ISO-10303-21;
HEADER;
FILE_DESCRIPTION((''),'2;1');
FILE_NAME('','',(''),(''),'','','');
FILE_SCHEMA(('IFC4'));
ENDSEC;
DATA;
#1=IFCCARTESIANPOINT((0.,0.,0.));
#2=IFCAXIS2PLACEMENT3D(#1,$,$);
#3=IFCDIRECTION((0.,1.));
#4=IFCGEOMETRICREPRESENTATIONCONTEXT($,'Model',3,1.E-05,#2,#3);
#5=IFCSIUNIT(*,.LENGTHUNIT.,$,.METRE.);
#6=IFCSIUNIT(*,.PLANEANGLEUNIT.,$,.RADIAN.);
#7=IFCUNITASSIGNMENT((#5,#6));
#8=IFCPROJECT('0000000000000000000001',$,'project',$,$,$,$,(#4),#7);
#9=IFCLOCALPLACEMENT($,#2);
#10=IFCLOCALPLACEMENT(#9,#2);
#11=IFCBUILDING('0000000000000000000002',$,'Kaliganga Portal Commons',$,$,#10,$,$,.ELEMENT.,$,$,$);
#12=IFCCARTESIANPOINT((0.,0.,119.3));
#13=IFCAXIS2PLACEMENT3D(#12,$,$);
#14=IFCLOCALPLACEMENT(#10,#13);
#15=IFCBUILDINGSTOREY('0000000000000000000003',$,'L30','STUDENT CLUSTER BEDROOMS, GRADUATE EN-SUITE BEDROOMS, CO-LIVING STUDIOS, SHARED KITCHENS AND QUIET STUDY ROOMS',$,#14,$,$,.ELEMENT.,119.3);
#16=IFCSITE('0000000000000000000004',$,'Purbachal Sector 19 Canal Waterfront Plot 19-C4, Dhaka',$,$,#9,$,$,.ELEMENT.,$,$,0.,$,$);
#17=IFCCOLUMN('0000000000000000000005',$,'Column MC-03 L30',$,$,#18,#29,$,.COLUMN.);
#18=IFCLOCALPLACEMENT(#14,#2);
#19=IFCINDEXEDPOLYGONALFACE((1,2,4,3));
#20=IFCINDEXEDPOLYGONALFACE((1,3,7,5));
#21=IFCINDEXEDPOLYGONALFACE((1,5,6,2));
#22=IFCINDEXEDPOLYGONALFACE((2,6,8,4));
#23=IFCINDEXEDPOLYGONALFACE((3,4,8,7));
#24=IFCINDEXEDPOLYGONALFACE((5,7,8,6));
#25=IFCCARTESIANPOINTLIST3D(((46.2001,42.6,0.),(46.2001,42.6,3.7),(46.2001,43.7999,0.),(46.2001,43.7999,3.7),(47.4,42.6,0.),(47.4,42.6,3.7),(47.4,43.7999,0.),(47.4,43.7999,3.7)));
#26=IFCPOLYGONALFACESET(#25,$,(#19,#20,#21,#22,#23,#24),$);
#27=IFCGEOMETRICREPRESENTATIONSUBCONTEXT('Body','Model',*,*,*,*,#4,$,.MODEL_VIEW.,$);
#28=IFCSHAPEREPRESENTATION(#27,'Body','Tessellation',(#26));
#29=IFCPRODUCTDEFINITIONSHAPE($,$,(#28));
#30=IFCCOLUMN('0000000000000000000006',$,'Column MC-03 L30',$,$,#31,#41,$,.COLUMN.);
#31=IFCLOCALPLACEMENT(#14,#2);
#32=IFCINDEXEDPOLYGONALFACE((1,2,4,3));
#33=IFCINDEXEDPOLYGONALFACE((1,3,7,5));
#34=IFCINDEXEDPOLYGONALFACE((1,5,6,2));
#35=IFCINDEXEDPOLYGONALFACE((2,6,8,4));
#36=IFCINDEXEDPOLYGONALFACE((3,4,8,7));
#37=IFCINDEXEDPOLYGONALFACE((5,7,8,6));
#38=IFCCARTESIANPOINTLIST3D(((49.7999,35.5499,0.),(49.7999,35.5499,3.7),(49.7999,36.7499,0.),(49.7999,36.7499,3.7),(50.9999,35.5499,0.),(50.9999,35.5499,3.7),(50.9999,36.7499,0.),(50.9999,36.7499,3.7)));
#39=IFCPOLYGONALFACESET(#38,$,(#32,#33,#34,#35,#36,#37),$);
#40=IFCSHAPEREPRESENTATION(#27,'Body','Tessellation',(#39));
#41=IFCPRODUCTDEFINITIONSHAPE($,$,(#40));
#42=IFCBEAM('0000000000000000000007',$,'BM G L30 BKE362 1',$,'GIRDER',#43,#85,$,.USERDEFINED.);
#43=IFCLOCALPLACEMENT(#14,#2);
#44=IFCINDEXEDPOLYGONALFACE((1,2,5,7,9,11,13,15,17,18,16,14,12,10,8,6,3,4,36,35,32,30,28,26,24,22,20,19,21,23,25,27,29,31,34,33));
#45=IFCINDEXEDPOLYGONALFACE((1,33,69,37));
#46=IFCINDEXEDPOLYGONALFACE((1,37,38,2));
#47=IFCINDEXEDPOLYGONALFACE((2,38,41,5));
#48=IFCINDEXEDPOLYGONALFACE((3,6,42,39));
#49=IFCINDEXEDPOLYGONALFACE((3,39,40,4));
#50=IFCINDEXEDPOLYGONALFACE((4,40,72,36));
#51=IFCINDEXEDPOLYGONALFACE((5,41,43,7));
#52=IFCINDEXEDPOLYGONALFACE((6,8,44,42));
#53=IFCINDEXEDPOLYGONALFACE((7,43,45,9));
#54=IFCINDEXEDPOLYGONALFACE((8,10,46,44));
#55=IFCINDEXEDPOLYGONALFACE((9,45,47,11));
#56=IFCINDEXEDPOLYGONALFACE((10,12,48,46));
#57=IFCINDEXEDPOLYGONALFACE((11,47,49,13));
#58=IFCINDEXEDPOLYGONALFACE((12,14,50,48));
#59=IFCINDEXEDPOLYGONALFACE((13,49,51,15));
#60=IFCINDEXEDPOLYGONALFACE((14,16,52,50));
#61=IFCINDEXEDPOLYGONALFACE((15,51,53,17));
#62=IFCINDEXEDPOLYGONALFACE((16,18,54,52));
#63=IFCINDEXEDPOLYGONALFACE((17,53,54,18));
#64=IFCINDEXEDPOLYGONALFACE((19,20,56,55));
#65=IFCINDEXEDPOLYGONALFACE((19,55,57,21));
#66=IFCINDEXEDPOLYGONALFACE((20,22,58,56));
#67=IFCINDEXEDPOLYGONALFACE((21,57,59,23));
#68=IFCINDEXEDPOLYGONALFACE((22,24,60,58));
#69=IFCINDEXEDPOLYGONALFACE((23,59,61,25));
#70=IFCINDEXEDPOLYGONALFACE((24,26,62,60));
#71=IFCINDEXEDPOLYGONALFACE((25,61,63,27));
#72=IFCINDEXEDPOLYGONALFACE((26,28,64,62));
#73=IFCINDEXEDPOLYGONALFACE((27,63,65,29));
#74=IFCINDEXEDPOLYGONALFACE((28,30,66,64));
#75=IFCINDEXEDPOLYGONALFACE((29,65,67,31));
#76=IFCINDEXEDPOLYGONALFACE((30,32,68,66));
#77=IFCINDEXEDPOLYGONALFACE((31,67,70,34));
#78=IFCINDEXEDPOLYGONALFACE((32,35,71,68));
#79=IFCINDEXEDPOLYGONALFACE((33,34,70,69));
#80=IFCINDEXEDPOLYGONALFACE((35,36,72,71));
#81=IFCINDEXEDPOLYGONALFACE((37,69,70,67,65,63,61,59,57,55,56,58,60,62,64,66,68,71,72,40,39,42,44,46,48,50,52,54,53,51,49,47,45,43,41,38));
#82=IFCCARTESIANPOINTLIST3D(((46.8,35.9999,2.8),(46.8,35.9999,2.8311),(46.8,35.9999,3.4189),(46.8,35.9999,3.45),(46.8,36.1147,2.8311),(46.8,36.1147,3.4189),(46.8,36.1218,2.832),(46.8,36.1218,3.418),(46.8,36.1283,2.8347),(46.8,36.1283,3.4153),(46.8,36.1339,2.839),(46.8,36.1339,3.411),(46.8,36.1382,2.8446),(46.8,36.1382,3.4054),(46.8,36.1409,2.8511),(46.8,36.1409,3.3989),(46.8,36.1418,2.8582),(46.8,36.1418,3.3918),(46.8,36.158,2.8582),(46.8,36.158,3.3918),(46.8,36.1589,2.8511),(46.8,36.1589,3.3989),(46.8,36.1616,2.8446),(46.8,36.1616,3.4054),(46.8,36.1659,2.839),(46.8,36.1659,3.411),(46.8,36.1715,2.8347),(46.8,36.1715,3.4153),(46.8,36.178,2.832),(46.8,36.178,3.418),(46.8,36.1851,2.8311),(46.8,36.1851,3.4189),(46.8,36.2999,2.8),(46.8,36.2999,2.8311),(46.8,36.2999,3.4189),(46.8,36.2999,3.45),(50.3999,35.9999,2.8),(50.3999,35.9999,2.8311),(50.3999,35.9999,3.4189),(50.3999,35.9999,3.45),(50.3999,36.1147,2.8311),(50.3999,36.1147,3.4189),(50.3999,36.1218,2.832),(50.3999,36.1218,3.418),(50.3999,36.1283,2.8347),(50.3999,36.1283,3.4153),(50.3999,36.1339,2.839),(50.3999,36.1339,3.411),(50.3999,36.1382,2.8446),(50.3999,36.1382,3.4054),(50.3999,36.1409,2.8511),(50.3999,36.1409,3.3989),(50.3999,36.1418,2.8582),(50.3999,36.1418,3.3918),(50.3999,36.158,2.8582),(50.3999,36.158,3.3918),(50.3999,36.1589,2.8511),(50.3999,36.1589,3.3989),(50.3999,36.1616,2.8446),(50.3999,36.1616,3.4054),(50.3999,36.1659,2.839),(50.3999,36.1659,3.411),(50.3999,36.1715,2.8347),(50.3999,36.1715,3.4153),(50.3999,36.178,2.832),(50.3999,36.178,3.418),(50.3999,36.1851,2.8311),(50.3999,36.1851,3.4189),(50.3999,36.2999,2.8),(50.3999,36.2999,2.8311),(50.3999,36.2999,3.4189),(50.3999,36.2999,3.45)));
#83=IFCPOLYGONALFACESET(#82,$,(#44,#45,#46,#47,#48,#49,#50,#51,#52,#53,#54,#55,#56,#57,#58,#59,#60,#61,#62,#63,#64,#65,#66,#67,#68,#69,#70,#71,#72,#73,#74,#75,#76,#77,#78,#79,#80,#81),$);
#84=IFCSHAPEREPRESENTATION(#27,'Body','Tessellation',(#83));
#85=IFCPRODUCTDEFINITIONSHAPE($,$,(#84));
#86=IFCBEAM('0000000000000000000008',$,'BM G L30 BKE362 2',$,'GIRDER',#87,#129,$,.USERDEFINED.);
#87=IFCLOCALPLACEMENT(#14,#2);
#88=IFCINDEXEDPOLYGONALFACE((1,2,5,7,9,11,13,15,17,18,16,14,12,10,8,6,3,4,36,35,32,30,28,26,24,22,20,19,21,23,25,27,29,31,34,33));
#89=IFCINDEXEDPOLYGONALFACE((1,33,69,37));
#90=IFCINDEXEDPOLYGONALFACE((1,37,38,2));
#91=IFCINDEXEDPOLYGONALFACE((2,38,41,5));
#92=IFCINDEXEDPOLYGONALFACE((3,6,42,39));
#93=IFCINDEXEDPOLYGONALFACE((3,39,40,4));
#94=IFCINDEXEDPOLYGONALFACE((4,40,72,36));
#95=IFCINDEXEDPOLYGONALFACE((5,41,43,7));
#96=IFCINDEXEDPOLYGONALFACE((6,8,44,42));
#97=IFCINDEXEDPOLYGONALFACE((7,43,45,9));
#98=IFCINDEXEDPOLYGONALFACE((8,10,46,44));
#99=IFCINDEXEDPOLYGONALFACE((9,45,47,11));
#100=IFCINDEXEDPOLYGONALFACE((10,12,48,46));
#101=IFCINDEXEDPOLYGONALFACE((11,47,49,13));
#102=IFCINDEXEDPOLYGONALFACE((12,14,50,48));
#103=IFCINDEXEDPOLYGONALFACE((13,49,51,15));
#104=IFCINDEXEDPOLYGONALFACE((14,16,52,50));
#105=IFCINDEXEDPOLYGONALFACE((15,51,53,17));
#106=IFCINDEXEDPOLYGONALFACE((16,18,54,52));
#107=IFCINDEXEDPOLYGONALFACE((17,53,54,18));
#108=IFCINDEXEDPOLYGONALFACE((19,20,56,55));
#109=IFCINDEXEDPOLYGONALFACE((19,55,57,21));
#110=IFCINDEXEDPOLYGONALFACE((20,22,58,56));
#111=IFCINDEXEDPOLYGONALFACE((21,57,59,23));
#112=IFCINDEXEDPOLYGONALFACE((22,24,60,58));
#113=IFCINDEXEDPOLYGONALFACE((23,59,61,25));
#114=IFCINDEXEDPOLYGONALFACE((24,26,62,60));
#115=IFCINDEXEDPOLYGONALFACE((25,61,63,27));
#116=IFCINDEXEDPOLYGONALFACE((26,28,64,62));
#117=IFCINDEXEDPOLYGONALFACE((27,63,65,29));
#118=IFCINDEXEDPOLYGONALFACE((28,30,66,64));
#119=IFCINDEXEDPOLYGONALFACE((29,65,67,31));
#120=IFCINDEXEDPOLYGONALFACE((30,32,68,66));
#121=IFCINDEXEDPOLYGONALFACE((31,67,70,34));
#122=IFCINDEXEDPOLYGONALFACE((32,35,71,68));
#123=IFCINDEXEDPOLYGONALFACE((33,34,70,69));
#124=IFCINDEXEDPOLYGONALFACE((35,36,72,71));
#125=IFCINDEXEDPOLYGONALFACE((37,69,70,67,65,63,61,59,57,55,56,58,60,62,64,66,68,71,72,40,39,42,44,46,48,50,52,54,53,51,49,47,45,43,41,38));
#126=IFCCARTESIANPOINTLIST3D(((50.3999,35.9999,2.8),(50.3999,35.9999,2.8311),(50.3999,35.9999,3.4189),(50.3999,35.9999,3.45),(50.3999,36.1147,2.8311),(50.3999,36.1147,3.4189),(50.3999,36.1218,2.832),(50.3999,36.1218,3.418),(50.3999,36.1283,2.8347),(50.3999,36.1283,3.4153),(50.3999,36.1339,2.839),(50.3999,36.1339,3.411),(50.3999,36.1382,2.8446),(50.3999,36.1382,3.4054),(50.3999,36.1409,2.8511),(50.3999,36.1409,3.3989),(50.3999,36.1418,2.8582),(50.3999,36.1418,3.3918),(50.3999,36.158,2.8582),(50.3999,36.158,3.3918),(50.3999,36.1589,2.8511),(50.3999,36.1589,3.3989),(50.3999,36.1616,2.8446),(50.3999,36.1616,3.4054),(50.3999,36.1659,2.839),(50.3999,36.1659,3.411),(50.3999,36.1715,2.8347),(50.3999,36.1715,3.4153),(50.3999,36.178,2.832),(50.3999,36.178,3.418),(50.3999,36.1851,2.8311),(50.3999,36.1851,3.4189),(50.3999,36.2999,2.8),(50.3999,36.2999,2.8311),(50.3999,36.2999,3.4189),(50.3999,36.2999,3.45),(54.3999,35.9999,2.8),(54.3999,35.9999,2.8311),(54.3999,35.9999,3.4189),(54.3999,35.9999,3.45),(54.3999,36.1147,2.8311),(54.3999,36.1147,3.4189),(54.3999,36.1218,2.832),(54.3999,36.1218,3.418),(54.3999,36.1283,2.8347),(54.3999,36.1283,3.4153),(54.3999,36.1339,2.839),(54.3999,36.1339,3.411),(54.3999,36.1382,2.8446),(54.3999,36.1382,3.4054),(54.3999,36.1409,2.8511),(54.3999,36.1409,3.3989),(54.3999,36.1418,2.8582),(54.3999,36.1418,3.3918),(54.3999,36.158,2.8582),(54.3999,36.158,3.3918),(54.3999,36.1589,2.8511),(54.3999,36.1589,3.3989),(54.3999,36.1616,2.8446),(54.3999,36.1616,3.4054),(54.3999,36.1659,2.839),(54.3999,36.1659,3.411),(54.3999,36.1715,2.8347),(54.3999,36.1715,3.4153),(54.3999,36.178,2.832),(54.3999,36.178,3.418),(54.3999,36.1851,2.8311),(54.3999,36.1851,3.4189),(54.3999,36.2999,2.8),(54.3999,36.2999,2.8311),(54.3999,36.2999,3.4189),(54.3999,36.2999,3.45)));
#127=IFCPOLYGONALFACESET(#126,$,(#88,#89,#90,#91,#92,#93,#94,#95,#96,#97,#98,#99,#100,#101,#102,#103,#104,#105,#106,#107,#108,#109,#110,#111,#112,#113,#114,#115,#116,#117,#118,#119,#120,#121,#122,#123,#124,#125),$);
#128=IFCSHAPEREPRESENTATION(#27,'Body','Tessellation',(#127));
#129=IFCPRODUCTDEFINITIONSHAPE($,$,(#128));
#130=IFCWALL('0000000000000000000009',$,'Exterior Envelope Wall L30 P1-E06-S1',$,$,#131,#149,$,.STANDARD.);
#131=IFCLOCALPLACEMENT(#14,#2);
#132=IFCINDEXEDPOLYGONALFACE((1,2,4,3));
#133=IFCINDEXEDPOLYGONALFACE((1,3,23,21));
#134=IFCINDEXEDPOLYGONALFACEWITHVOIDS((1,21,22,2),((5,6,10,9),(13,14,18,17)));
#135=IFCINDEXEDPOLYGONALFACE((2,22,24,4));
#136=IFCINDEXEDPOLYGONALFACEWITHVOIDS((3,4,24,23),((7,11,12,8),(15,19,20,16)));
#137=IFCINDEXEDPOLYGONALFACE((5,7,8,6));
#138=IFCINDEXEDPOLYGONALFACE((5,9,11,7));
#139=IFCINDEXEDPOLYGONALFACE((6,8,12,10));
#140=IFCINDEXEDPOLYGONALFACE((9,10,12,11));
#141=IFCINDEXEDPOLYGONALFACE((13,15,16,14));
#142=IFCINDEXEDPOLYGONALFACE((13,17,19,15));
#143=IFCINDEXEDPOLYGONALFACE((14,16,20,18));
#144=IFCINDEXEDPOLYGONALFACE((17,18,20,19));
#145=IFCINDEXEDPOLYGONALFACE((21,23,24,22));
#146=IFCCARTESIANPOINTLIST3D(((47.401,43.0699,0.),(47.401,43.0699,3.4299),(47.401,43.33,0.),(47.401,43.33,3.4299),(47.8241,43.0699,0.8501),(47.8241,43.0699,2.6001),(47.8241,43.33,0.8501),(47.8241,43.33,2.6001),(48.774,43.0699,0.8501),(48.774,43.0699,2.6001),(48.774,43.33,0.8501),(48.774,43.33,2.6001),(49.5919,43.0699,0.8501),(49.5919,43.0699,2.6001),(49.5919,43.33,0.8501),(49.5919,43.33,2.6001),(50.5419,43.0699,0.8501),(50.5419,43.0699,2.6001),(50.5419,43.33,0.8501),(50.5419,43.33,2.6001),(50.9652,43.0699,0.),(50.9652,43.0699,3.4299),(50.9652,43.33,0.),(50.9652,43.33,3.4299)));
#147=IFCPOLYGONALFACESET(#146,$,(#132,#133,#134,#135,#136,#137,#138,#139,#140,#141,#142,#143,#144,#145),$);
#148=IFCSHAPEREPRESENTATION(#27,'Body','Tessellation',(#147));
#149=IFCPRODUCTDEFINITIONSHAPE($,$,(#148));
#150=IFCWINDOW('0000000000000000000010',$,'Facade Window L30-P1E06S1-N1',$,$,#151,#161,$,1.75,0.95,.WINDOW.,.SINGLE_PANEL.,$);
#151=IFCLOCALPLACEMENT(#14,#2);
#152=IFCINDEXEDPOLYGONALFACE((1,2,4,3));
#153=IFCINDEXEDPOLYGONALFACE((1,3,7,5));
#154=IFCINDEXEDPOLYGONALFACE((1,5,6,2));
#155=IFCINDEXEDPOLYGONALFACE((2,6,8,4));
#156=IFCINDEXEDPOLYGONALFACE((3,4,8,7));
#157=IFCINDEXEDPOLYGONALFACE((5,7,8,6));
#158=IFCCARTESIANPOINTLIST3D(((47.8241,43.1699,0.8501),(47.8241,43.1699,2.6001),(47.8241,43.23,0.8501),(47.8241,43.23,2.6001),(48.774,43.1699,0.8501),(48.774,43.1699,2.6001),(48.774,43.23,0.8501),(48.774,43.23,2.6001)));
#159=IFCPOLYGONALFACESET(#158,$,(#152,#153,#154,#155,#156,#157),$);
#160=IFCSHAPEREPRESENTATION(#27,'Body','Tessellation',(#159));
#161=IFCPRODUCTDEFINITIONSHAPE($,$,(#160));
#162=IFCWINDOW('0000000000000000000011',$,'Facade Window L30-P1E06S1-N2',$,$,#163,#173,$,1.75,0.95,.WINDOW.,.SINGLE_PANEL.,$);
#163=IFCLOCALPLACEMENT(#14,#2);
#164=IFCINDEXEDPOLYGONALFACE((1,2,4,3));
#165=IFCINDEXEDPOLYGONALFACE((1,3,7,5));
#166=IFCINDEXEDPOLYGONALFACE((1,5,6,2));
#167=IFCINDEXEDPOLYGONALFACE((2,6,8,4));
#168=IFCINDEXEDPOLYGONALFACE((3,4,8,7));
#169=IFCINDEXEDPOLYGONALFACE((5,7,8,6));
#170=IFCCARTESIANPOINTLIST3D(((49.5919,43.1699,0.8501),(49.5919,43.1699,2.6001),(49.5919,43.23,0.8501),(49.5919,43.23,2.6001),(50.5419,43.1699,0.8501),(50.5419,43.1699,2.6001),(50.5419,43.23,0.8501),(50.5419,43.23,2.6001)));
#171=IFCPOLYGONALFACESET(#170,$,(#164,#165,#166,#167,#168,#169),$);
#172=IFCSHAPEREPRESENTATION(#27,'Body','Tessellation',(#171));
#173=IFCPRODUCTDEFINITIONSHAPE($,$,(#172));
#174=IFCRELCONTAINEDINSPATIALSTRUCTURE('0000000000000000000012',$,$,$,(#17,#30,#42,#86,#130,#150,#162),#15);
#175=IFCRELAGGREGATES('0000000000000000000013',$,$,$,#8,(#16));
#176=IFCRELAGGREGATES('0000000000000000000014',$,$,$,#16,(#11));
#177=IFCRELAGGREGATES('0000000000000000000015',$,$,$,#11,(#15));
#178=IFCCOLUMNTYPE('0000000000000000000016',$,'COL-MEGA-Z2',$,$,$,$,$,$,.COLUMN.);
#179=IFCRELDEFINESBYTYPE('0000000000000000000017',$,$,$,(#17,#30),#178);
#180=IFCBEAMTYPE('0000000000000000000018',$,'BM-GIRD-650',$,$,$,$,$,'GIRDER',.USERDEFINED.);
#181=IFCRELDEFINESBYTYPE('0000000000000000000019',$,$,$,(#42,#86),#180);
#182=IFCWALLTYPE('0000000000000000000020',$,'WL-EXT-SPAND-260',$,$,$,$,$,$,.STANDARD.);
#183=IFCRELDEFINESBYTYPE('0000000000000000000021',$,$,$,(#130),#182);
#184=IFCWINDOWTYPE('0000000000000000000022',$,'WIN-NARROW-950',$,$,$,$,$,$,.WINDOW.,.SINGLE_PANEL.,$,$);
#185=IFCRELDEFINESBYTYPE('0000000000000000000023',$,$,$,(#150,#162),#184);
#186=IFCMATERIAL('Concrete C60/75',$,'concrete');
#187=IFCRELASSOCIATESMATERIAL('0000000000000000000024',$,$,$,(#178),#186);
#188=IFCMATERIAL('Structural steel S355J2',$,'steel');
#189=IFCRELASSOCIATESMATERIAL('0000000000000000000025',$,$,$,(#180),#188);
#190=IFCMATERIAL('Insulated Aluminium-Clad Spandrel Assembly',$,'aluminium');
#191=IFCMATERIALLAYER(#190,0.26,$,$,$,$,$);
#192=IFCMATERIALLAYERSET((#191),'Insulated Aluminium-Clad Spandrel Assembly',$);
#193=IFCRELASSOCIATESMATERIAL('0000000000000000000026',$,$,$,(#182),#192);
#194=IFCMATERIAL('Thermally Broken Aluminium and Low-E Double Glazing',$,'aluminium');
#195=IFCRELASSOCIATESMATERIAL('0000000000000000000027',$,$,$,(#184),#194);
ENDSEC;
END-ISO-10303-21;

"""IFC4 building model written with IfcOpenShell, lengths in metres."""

from ifc_helpers import new_model, si_unit, direction, frame, frame_2d, origin, origin_2d, place, context, subcontext, project, spatial, rectangle, i_section, extrude, source, transform, mapped, material, layer, layer_set, material_profile, profile_set, type_object, element, fill, save


model = new_model("IFC4")

# Units and contexts
model_context = context("Model", 3, precision=1e-05, world=origin(), true_north=direction((0.0, 1.0)))
body_context = subcontext(model_context, "Body", "Model", "MODEL_VIEW")
ifc_project = project(units=[si_unit("LENGTHUNIT", "METRE"), si_unit("PLANEANGLEUNIT", "RADIAN")], contexts=[model_context])

# Site, building, storey
site_placement = place(None, origin())
site = spatial("IfcSite", under=ifc_project, at=site_placement, Name="Purbachal Sector 19 Canal Waterfront Plot 19-C4, Dhaka", CompositionType="ELEMENT", RefElevation=0.0)
building_placement = place(site_placement, origin())
building = spatial("IfcBuilding", under=site, at=building_placement, Name="Kaliganga Portal Commons", CompositionType="ELEMENT")
storey_placement = place(building_placement, frame((0.0, 0.0, 119.3)))
storey = spatial("IfcBuildingStorey", under=building, at=storey_placement, Name="L30", Description="STUDENT CLUSTER BEDROOMS, GRADUATE EN-SUITE BEDROOMS, CO-LIVING STUDIOS, SHARED KITCHENS AND QUIET STUDY ROOMS", CompositionType="ELEMENT", Elevation=119.3)

# Columns
ifc_material_1 = material(Name="Concrete C60/75", Category="concrete")
ifc_material_profile_1 = material_profile(ifc_material_1, rectangle(XDim=1.2, YDim=1.2, at=origin_2d()), Name="RC 1200x1200")
ifc_profile_set_1 = profile_set([ifc_material_profile_1], Name="Concrete C60/75")
column_type = type_object("IfcColumnType", Name="COL-MEGA-Z2", PredefinedType="COLUMN", material=ifc_profile_set_1)
shared_shape_1 = source(origin(), body_context, "Body", "SweptSolid", [
    extrude(rectangle(XDim=1.2, YDim=1.2, at=origin_2d()), origin(), (0.0, 0.0, 1.0), 3.7),
])
for number, where, z_axis, x_axis, name in (
    (1, (46.8, 43.2, 0.0), (0.0, 0.0, 1.0), (1.0, 0.0, 0.0), "Column MC-03 L30"),
    (2, (50.3999, 36.1499, 0.0), (0.0, 0.0, 1.0), (1.0, 0.0, 0.0), "Column MC-03 L30"),
):
    element("IfcColumn", number, at=place(storey_placement, frame(where, z_axis=z_axis, x_axis=x_axis)), inside=storey, type_object=column_type, Name=name, PredefinedType="COLUMN", context=body_context, shape_type="MappedRepresentation", body=[
        mapped(shared_shape_1, transform((0.0, 0.0, 0.0), x_axis=(1.0, 0.0, 0.0), y_axis=(0.0, 1.0, 0.0), z_axis=(0.0, 0.0, 1.0), scale=1.0)),
    ])

# Beams
ifc_material_2 = material(Name="Structural steel S355J2", Category="steel")
ifc_material_profile_2 = material_profile(ifc_material_2, i_section(OverallWidth=0.3, OverallDepth=0.6499, WebThickness=0.0161, FlangeThickness=0.031, FilletRadius=0.0271, at=origin_2d()), Name="HE 650 B")
ifc_profile_set_2 = profile_set([ifc_material_profile_2], Name="Structural steel S355J2 wide-flange")
beam_type = type_object("IfcBeamType", Name="BM-GIRD-650", ElementType="GIRDER", PredefinedType="USERDEFINED", material=ifc_profile_set_2)
shared_shape_2 = source(origin(), body_context, "Body", "SweptSolid", [
    extrude(i_section(OverallWidth=0.3, OverallDepth=0.6499, WebThickness=0.0161, FlangeThickness=0.031, FilletRadius=0.0271, at=origin_2d()), origin(), (0.0, 0.0, 1.0), 3.5999),
])
beam_1_placement = place(storey_placement, frame((46.8, 36.1499, 3.125), z_axis=(1.0, 0.0, 0.0), x_axis=(0.0, 1.0, 0.0)))
element("IfcBeam", 3, at=beam_1_placement, inside=storey, type_object=beam_type, Name="BM G L30 BKE362 1", ObjectType="GIRDER", PredefinedType="USERDEFINED", context=body_context, shape_type="MappedRepresentation", body=[
    mapped(shared_shape_2, transform((0.0, 0.0, 0.0), x_axis=(1.0, 0.0, 0.0), y_axis=(0.0, 1.0, 0.0), z_axis=(0.0, 0.0, 1.0), scale=1.0)),
])
shared_shape_3 = source(origin(), body_context, "Body", "SweptSolid", [
    extrude(i_section(OverallWidth=0.3, OverallDepth=0.6499, WebThickness=0.0161, FlangeThickness=0.031, FilletRadius=0.0271, at=origin_2d()), origin(), (0.0, 0.0, 1.0), 4.0),
])
beam_2_placement = place(storey_placement, frame((50.3999, 36.1499, 3.125), z_axis=(1.0, 0.0, 0.0), x_axis=(0.0, 1.0, 0.0)))
element("IfcBeam", 4, at=beam_2_placement, inside=storey, type_object=beam_type, Name="BM G L30 BKE362 2", ObjectType="GIRDER", PredefinedType="USERDEFINED", context=body_context, shape_type="MappedRepresentation", body=[
    mapped(shared_shape_3, transform((0.0, 0.0, 0.0), x_axis=(1.0, 0.0, 0.0), y_axis=(0.0, 1.0, 0.0), z_axis=(0.0, 0.0, 1.0), scale=1.0)),
])

# Wall, openings, windows
ifc_material_3 = material(Name="Insulated Aluminium-Clad Spandrel Assembly", Category="aluminium")
ifc_layer_1 = layer(ifc_material_3, 0.26)
ifc_layer_set_1 = layer_set([ifc_layer_1], Name="Insulated Aluminium-Clad Spandrel Assembly")
wall_type_1 = type_object("IfcWallType", Name="WL-EXT-SPAND-260", PredefinedType="STANDARD", material=ifc_layer_set_1)
wall_1_placement = place(storey_placement, frame((47.4009, 43.2, 0.0), z_axis=(0.0, 0.0, 1.0), x_axis=(1.0, 0.0, 0.0)))
wall_1 = element("IfcWall", 5, at=wall_1_placement, inside=storey, type_object=wall_type_1, Name="Exterior Envelope Wall L30 P1-E06-S1", PredefinedType="STANDARD", context=body_context, shape_type="SweptSolid", body=[
    extrude(rectangle(XDim=3.5642, YDim=0.26, at=frame_2d((1.7822, 0.0))), origin(), (0.0, 0.0, 1.0), 3.4299),
])
opening_1_placement = place(wall_1_placement, frame((0.4231, 0.0, 0.8501)))
opening_1 = element("IfcOpeningElement", 6, at=opening_1_placement, cuts=wall_1, PredefinedType="OPENING", context=body_context, shape_type="SweptSolid", body=[
    extrude(rectangle(XDim=0.95, YDim=1.75, at=frame_2d((0.4751, 0.875))), frame((0.0, 0.1401, 0.0), z_axis=(0.0, -1.0, 0.0), x_axis=(1.0, 0.0, 0.0)), (0.0, 0.0, 1.0), 0.28),
])
opening_2_placement = place(wall_1_placement, frame((2.1909, 0.0, 0.8501)))
opening_2 = element("IfcOpeningElement", 7, at=opening_2_placement, cuts=wall_1, PredefinedType="OPENING", context=body_context, shape_type="SweptSolid", body=[
    extrude(rectangle(XDim=0.95, YDim=1.75, at=frame_2d((0.4751, 0.875))), frame((0.0, 0.1401, 0.0), z_axis=(0.0, -1.0, 0.0), x_axis=(1.0, 0.0, 0.0)), (0.0, 0.0, 1.0), 0.28),
])
ifc_material_4 = material(Name="Thermally Broken Aluminium and Low-E Double Glazing", Category="aluminium")
window_type = type_object("IfcWindowType", Name="WIN-NARROW-950", PartitioningType="SINGLE_PANEL", PredefinedType="WINDOW", material=ifc_material_4)
window_1_placement = place(opening_1_placement, origin())
window_1 = element("IfcWindow", 8, at=window_1_placement, inside=storey, type_object=window_type, Name="Facade Window L30-P1E06S1-N1", OverallHeight=1.75, OverallWidth=0.95, PartitioningType="SINGLE_PANEL", PredefinedType="WINDOW", context=body_context, shape_type="SweptSolid", body=[
    extrude(rectangle(XDim=0.95, YDim=1.75, at=frame_2d((0.4751, 0.875))), frame((0.0, 0.03, 0.0), z_axis=(0.0, -1.0, 0.0), x_axis=(1.0, 0.0, 0.0)), (0.0, 0.0, 1.0), 0.0601),
])
fill(opening_1, window_1)
window_2_placement = place(opening_2_placement, origin())
window_2 = element("IfcWindow", 9, at=window_2_placement, inside=storey, type_object=window_type, Name="Facade Window L30-P1E06S1-N2", OverallHeight=1.75, OverallWidth=0.95, PartitioningType="SINGLE_PANEL", PredefinedType="WINDOW", context=body_context, shape_type="SweptSolid", body=[
    extrude(rectangle(XDim=0.95, YDim=1.75, at=frame_2d((0.4751, 0.875))), frame((0.0, 0.03, 0.0), z_axis=(0.0, -1.0, 0.0), x_axis=(1.0, 0.0, 0.0)), (0.0, 0.0, 1.0), 0.0601),
])
fill(opening_2, window_2)

save(model, "model.ifc")
